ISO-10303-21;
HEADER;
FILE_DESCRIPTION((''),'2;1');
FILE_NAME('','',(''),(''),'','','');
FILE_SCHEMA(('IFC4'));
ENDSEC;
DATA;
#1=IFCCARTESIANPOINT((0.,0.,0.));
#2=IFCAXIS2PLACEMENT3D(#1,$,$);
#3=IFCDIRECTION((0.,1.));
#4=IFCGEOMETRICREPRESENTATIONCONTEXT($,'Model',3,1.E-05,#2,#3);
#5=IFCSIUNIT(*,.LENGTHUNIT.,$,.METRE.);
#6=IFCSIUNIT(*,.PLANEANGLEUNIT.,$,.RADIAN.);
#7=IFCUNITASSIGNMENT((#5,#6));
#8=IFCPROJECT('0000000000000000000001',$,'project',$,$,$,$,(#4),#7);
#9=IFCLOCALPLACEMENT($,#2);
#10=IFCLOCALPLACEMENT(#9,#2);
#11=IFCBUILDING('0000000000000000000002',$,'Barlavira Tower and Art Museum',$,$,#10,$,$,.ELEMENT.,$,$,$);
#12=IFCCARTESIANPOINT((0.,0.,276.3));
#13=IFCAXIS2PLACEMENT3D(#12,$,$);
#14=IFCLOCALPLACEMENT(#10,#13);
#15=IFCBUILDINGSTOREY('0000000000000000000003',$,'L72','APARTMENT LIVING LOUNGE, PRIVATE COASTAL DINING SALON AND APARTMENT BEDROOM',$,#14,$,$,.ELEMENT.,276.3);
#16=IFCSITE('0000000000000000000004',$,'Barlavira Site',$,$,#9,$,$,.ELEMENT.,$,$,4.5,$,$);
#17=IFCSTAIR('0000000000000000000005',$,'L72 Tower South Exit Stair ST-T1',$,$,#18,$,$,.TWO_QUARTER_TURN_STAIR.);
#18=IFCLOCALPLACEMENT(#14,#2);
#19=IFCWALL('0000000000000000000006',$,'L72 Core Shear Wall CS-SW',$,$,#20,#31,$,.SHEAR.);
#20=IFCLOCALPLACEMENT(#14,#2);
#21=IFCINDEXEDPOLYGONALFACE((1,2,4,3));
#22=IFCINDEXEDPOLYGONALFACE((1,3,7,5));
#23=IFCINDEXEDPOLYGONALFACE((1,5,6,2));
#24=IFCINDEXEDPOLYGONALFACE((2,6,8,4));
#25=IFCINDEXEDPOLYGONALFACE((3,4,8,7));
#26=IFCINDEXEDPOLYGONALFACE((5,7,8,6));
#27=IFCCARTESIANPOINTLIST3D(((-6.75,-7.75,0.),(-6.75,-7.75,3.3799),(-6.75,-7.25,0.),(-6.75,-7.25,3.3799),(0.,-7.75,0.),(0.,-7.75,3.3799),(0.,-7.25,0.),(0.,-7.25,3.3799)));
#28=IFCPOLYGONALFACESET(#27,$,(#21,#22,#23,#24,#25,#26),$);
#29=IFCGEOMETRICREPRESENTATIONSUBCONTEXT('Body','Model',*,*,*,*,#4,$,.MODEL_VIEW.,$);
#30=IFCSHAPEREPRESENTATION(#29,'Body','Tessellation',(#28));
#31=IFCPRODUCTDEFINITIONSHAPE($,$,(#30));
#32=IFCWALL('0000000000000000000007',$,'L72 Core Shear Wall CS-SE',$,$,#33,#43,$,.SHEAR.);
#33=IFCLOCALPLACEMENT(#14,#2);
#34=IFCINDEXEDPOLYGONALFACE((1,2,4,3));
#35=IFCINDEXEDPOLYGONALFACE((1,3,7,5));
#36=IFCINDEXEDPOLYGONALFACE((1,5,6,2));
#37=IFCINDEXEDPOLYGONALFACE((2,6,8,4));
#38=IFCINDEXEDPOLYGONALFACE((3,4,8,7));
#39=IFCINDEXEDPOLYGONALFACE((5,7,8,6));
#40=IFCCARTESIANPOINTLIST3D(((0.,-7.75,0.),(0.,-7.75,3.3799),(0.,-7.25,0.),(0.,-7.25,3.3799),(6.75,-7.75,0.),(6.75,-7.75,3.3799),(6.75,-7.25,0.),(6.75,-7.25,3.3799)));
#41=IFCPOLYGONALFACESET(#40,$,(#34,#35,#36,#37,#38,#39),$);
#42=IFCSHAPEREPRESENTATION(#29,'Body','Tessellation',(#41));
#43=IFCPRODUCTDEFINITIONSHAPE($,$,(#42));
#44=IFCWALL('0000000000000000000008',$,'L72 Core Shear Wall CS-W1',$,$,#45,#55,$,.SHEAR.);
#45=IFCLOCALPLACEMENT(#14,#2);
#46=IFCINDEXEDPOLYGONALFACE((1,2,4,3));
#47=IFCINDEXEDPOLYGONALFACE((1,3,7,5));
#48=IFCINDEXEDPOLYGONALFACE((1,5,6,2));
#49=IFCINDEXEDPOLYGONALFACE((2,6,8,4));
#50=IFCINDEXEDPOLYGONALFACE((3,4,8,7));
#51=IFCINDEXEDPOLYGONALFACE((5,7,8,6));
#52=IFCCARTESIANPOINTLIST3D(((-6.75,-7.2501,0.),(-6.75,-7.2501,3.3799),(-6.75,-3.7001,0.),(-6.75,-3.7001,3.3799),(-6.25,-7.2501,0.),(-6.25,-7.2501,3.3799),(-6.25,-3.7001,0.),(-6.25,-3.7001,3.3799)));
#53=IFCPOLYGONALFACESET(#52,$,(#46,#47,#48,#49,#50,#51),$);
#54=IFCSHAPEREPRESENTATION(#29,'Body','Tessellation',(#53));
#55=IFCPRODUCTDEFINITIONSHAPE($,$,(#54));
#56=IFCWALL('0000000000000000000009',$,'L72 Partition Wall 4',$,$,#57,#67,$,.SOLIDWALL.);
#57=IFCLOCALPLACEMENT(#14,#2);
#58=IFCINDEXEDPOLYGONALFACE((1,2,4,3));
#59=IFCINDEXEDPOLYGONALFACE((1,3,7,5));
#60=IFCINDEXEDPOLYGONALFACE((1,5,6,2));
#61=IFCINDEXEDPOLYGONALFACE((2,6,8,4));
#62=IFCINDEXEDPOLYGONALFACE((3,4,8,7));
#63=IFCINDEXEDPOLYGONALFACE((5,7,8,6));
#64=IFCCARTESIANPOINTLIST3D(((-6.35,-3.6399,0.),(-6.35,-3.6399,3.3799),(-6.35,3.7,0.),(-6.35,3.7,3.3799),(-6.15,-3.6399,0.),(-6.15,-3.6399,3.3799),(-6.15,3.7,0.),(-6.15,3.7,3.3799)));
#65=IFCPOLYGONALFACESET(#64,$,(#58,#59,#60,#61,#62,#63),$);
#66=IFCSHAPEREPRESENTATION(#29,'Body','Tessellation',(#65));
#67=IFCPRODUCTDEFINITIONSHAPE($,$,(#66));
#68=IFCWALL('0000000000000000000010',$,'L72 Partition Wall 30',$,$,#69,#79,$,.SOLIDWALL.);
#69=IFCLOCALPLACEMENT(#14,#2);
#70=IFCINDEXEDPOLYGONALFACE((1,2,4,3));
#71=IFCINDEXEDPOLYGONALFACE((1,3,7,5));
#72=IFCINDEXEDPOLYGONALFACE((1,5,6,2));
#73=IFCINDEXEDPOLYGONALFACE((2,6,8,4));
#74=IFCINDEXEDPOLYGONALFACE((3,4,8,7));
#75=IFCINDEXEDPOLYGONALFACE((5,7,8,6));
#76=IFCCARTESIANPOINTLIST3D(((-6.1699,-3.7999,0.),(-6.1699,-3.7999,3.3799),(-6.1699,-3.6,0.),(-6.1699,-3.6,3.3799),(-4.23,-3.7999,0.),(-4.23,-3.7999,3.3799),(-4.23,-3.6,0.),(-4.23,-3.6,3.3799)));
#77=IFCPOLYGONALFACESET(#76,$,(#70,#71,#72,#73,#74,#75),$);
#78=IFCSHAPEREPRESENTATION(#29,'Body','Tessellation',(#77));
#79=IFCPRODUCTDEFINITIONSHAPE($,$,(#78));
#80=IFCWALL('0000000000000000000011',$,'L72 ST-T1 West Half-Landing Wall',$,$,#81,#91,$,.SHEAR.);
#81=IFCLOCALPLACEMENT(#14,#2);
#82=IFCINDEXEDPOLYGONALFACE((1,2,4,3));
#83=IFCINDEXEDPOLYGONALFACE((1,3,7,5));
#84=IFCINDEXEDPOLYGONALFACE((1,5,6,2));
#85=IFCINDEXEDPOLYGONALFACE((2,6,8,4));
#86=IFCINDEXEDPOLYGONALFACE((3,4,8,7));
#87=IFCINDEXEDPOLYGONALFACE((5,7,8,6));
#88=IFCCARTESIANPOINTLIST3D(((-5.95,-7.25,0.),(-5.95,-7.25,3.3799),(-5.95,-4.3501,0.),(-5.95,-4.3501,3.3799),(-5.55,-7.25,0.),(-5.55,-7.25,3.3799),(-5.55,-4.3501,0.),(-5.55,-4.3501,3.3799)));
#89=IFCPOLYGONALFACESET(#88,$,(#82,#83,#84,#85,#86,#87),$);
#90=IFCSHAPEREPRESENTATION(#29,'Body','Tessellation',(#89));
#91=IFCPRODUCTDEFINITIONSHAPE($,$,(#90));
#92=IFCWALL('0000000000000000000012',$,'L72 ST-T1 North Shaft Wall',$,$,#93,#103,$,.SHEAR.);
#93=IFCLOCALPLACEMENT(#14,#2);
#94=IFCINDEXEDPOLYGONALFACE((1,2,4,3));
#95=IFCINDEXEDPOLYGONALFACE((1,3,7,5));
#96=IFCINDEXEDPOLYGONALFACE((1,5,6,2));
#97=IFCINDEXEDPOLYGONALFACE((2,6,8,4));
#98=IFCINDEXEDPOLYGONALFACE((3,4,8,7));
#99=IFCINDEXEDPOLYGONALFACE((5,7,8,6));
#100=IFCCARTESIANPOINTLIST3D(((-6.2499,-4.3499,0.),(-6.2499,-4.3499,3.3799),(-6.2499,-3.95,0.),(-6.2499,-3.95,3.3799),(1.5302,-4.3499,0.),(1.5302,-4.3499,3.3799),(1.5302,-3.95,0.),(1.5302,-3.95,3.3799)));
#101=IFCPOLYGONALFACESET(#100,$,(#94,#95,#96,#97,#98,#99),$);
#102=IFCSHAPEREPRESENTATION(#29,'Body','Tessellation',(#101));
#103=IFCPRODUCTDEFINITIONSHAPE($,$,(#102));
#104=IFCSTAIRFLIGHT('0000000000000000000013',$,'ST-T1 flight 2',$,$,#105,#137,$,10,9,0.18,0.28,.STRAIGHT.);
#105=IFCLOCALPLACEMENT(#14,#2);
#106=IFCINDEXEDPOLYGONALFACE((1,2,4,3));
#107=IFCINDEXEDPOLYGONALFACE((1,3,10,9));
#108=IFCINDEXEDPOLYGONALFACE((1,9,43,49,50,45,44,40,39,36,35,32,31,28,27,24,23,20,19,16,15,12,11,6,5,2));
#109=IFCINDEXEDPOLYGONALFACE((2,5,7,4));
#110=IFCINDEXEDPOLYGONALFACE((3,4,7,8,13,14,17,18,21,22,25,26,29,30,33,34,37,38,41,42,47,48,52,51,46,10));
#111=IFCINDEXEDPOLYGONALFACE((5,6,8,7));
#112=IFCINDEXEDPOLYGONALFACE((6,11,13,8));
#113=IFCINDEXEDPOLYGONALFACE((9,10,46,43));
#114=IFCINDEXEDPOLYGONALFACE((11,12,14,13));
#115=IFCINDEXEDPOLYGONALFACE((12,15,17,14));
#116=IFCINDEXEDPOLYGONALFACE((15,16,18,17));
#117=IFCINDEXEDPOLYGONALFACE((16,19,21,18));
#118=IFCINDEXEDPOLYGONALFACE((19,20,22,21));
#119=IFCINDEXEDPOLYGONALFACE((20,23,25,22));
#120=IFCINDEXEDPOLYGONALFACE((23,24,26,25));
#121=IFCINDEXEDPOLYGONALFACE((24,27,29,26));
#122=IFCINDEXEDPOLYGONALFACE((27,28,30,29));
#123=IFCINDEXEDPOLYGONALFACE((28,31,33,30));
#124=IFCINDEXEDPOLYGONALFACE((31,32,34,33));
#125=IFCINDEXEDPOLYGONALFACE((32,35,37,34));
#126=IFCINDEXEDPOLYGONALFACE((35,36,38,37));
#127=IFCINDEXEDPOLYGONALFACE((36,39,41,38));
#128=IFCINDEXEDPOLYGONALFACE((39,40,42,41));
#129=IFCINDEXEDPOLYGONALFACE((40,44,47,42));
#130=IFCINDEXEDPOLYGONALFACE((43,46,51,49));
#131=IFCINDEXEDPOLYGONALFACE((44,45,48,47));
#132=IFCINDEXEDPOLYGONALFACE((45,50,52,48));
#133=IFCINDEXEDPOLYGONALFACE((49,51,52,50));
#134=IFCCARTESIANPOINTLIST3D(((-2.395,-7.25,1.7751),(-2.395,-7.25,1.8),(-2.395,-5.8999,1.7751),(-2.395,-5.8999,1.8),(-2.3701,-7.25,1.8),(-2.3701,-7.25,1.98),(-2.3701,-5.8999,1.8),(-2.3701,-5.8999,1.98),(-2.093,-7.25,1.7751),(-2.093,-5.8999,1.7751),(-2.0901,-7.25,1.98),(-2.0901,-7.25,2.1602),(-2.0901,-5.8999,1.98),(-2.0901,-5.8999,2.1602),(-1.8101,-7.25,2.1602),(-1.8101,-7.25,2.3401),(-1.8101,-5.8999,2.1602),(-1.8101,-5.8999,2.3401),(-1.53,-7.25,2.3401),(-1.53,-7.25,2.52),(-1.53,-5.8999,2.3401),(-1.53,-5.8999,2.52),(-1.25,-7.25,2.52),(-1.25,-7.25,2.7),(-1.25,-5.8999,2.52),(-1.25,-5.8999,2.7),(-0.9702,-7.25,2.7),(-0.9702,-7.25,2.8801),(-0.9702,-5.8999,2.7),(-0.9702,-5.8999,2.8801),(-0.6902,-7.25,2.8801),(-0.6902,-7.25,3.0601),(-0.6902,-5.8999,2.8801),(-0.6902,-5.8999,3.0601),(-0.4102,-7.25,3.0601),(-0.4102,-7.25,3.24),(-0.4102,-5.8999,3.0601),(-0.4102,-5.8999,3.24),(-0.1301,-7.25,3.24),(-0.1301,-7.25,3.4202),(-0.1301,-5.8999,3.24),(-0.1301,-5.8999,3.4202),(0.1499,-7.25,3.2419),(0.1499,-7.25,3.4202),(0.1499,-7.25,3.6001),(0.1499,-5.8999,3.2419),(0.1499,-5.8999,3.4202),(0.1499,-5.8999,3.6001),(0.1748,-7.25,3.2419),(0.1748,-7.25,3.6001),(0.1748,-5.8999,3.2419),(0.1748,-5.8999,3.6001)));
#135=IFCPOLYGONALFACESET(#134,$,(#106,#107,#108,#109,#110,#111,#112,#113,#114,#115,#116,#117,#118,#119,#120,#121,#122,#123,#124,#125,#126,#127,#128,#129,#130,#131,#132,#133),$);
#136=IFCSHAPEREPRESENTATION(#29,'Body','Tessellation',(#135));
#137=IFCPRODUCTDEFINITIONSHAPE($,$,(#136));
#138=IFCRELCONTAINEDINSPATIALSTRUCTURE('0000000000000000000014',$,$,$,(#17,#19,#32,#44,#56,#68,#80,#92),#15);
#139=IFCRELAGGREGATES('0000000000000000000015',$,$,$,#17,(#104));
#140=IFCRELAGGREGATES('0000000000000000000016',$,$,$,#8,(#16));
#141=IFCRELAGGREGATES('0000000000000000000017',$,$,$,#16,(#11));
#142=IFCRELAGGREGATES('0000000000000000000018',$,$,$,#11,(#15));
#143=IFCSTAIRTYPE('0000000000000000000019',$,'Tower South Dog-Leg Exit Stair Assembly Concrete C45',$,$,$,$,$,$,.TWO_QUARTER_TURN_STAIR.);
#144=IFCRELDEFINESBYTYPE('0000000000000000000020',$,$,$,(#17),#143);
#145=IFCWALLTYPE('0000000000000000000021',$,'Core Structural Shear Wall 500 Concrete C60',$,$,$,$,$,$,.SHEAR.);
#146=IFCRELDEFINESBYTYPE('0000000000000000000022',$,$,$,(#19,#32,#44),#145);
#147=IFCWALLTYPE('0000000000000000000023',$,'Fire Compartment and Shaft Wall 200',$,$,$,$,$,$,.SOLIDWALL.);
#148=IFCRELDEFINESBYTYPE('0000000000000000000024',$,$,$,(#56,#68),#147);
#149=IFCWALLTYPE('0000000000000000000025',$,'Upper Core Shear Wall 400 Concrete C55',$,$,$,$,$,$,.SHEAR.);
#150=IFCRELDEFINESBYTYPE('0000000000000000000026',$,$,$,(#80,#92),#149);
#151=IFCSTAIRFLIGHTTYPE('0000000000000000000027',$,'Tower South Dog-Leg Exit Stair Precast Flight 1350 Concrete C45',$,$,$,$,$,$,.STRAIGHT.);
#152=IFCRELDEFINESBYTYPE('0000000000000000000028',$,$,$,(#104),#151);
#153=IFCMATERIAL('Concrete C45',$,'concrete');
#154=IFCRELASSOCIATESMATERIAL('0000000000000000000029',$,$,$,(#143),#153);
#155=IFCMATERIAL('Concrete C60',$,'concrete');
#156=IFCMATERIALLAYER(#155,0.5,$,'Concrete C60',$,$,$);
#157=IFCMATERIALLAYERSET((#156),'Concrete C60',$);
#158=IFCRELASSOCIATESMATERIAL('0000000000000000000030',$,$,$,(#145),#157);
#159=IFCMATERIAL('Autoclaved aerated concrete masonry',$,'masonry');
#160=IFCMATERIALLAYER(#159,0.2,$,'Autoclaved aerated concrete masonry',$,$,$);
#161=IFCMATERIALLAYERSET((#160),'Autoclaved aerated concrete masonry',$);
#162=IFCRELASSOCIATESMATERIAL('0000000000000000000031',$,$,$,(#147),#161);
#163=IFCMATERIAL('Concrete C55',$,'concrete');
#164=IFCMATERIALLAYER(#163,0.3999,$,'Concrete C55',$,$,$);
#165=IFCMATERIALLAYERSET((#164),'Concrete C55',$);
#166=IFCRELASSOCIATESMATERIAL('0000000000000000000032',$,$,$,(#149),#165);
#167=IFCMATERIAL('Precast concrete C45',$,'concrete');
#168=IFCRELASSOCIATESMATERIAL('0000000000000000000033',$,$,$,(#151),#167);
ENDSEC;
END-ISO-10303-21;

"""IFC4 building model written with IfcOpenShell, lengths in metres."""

from ifc_helpers import new_model, si_unit, direction, frame, frame_2d, origin, place, context, subcontext, project, spatial, polyline, rectangle, outline, extrude, material, layer, layer_set, type_object, element, aggregate, save


model = new_model("IFC4")

# Units and contexts
model_context = context("Model", 3, precision=1e-05, world=origin(), true_north=direction((0.0, 1.0)))
body_context = subcontext(model_context, "Body", "Model", "MODEL_VIEW")
ifc_project = project(units=[si_unit("LENGTHUNIT", "METRE"), si_unit("PLANEANGLEUNIT", "RADIAN")], contexts=[model_context])

# Site, building, storey
site_placement = place(None, origin())
site = spatial("IfcSite", under=ifc_project, at=site_placement, Name="Barlavira Site", CompositionType="ELEMENT", RefElevation=4.5)
building_placement = place(site_placement, origin())
building = spatial("IfcBuilding", under=site, at=building_placement, Name="Barlavira Tower and Art Museum", CompositionType="ELEMENT")
storey_placement = place(building_placement, frame((0.0, 0.0, 276.3)))
storey = spatial("IfcBuildingStorey", under=building, at=storey_placement, Name="L72", Description="APARTMENT LIVING LOUNGE, PRIVATE COASTAL DINING SALON AND APARTMENT BEDROOM", CompositionType="ELEMENT", Elevation=276.3)

# Stair
ifc_material_1 = material(Name="Concrete C45", Category="concrete")
stair_type_1 = type_object("IfcStairType", Name="Tower South Dog-Leg Exit Stair Assembly Concrete C45", PredefinedType="TWO_QUARTER_TURN_STAIR", material=ifc_material_1)
stair_1_placement = place(storey_placement, origin())
stair_1 = element("IfcStair", 1, at=stair_1_placement, inside=storey, type_object=stair_type_1, Name="L72 Tower South Exit Stair ST-T1", PredefinedType="TWO_QUARTER_TURN_STAIR")

# Walls
ifc_material_2 = material(Name="Concrete C60", Category="concrete")
ifc_layer_1 = layer(ifc_material_2, 0.5, Name="Concrete C60")
ifc_layer_set_1 = layer_set([ifc_layer_1], Name="Concrete C60")
wall_type_1 = type_object("IfcWallType", Name="Core Structural Shear Wall 500 Concrete C60", PredefinedType="SHEAR", material=ifc_layer_set_1)
for number, where, z_axis, x_axis, name in (
    (2, (-6.75, -7.5, 0.0), (0.0, 0.0, 1.0), (1.0, 0.0, 0.0), "L72 Core Shear Wall CS-SW"),
    (3, (0.0, -7.5, 0.0), (0.0, 0.0, 1.0), (1.0, 0.0, 0.0), "L72 Core Shear Wall CS-SE"),
):
    element("IfcWall", number, at=place(storey_placement, frame(where, z_axis=z_axis, x_axis=x_axis)), inside=storey, type_object=wall_type_1, Name=name, PredefinedType="SHEAR", context=body_context, shape_type="SweptSolid", body=[
        extrude(rectangle(XDim=6.75, YDim=0.5, at=frame_2d((3.375, 0.0))), origin(), (0.0, 0.0, 1.0), 3.3799),
    ])
wall_1_placement = place(storey_placement, frame((-6.5, -7.25, 0.0), z_axis=(0.0, 0.0, 1.0), x_axis=(0.0, 1.0, 0.0)))
element("IfcWall", 4, at=wall_1_placement, inside=storey, type_object=wall_type_1, Name="L72 Core Shear Wall CS-W1", PredefinedType="SHEAR", context=body_context, shape_type="SweptSolid", body=[
    extrude(rectangle(XDim=3.55, YDim=0.5, at=frame_2d((1.7749, 0.0))), origin(), (0.0, 0.0, 1.0), 3.3799),
])
ifc_material_3 = material(Name="Autoclaved aerated concrete masonry", Category="masonry")
ifc_layer_2 = layer(ifc_material_3, 0.2, Name="Autoclaved aerated concrete masonry")
ifc_layer_set_2 = layer_set([ifc_layer_2], Name="Autoclaved aerated concrete masonry")
wall_type_2 = type_object("IfcWallType", Name="Fire Compartment and Shaft Wall 200", PredefinedType="SOLIDWALL", material=ifc_layer_set_2)
wall_2_placement = place(storey_placement, frame((-6.25, -3.6399, 0.0), z_axis=(0.0, 0.0, 1.0), x_axis=(0.0, 1.0, 0.0)))
element("IfcWall", 5, at=wall_2_placement, inside=storey, type_object=wall_type_2, Name="L72 Partition Wall 4", PredefinedType="SOLIDWALL", context=body_context, shape_type="SweptSolid", body=[
    extrude(rectangle(XDim=7.3398, YDim=0.2, at=frame_2d((3.6699, 0.0))), origin(), (0.0, 0.0, 1.0), 3.3799),
])

# Walls
wall_3_placement = place(storey_placement, frame((-6.1699, -3.7, 0.0), z_axis=(0.0, 0.0, 1.0), x_axis=(1.0, 0.0, 0.0)))
element("IfcWall", 6, at=wall_3_placement, inside=storey, type_object=wall_type_2, Name="L72 Partition Wall 30", PredefinedType="SOLIDWALL", context=body_context, shape_type="SweptSolid", body=[
    extrude(rectangle(XDim=1.9399, YDim=0.2, at=frame_2d((0.97, 0.0))), origin(), (0.0, 0.0, 1.0), 3.3799),
])
ifc_material_4 = material(Name="Concrete C55", Category="concrete")
ifc_layer_3 = layer(ifc_material_4, 0.3999, Name="Concrete C55")
ifc_layer_set_3 = layer_set([ifc_layer_3], Name="Concrete C55")
wall_type_3 = type_object("IfcWallType", Name="Upper Core Shear Wall 400 Concrete C55", PredefinedType="SHEAR", material=ifc_layer_set_3)
wall_4_placement = place(storey_placement, frame((-5.75, -7.25, 0.0), z_axis=(0.0, 0.0, 1.0), x_axis=(0.0, 1.0, 0.0)))
element("IfcWall", 7, at=wall_4_placement, inside=storey, type_object=wall_type_3, Name="L72 ST-T1 West Half-Landing Wall", PredefinedType="SHEAR", context=body_context, shape_type="SweptSolid", body=[
    extrude(rectangle(XDim=2.8999, YDim=0.3999, at=frame_2d((1.45, 0.0))), origin(), (0.0, 0.0, 1.0), 3.3799),
])
wall_5_placement = place(storey_placement, frame((-6.25, -4.1499, 0.0), z_axis=(0.0, 0.0, 1.0), x_axis=(1.0, 0.0, 0.0)))
element("IfcWall", 8, at=wall_5_placement, inside=storey, type_object=wall_type_3, Name="L72 ST-T1 North Shaft Wall", PredefinedType="SHEAR", context=body_context, shape_type="SweptSolid", body=[
    extrude(rectangle(XDim=7.78, YDim=0.3999, at=frame_2d((3.8901, 0.0))), origin(), (0.0, 0.0, 1.0), 3.3799),
])

# Stair flight
ifc_material_5 = material(Name="Precast concrete C45", Category="concrete")
stair_flight_type = type_object("IfcStairFlightType", Name="Tower South Dog-Leg Exit Stair Precast Flight 1350 Concrete C45", PredefinedType="STRAIGHT", material=ifc_material_5)
stair_flight_placement = place(storey_placement, frame((-2.3701, -6.575, 1.8), z_axis=(0.0, 0.0, 1.0), x_axis=(1.0, 0.0, 0.0)))
stair_flight = element("IfcStairFlight", 9, at=stair_flight_placement, type_object=stair_flight_type, Name="ST-T1 flight 2", NumberOfRisers=10, NumberOfTreads=9, PredefinedType="STRAIGHT", RiserHeight=0.18, TreadLength=0.28, context=body_context, shape_type="SweptSolid", body=[
    extrude(outline(polyline([(-0.0249, 0.0), (0.0, 0.0), (0.0, 0.1799), (0.28, 0.1799), (0.28, 0.3601), (0.5601, 0.3601), (0.5601, 0.54), (0.8401, 0.54), (0.8401, 0.72), (1.1201, 0.72), (1.1201, 0.8999), (1.3999, 0.8999), (1.3999, 1.0801), (1.6799, 1.0801), (1.6799, 1.26), (1.96, 1.26), (1.96, 1.4399), (2.24, 1.4399), (2.24, 1.6201), (2.52, 1.6201), (2.52, 1.8), (2.5449, 1.8), (2.5449, 1.4419), (2.52, 1.4419), (0.2771, -0.0249), (-0.0249, -0.0249), (-0.0249, 0.0)])), frame((0.0, 0.675, 0.0), z_axis=(0.0, -1.0, 0.0), x_axis=(1.0, 0.0, 0.0)), (0.0, 0.0, 1.0), 1.3501),
])
aggregate(stair_1, [stair_flight])

save(model, "model.ifc")
